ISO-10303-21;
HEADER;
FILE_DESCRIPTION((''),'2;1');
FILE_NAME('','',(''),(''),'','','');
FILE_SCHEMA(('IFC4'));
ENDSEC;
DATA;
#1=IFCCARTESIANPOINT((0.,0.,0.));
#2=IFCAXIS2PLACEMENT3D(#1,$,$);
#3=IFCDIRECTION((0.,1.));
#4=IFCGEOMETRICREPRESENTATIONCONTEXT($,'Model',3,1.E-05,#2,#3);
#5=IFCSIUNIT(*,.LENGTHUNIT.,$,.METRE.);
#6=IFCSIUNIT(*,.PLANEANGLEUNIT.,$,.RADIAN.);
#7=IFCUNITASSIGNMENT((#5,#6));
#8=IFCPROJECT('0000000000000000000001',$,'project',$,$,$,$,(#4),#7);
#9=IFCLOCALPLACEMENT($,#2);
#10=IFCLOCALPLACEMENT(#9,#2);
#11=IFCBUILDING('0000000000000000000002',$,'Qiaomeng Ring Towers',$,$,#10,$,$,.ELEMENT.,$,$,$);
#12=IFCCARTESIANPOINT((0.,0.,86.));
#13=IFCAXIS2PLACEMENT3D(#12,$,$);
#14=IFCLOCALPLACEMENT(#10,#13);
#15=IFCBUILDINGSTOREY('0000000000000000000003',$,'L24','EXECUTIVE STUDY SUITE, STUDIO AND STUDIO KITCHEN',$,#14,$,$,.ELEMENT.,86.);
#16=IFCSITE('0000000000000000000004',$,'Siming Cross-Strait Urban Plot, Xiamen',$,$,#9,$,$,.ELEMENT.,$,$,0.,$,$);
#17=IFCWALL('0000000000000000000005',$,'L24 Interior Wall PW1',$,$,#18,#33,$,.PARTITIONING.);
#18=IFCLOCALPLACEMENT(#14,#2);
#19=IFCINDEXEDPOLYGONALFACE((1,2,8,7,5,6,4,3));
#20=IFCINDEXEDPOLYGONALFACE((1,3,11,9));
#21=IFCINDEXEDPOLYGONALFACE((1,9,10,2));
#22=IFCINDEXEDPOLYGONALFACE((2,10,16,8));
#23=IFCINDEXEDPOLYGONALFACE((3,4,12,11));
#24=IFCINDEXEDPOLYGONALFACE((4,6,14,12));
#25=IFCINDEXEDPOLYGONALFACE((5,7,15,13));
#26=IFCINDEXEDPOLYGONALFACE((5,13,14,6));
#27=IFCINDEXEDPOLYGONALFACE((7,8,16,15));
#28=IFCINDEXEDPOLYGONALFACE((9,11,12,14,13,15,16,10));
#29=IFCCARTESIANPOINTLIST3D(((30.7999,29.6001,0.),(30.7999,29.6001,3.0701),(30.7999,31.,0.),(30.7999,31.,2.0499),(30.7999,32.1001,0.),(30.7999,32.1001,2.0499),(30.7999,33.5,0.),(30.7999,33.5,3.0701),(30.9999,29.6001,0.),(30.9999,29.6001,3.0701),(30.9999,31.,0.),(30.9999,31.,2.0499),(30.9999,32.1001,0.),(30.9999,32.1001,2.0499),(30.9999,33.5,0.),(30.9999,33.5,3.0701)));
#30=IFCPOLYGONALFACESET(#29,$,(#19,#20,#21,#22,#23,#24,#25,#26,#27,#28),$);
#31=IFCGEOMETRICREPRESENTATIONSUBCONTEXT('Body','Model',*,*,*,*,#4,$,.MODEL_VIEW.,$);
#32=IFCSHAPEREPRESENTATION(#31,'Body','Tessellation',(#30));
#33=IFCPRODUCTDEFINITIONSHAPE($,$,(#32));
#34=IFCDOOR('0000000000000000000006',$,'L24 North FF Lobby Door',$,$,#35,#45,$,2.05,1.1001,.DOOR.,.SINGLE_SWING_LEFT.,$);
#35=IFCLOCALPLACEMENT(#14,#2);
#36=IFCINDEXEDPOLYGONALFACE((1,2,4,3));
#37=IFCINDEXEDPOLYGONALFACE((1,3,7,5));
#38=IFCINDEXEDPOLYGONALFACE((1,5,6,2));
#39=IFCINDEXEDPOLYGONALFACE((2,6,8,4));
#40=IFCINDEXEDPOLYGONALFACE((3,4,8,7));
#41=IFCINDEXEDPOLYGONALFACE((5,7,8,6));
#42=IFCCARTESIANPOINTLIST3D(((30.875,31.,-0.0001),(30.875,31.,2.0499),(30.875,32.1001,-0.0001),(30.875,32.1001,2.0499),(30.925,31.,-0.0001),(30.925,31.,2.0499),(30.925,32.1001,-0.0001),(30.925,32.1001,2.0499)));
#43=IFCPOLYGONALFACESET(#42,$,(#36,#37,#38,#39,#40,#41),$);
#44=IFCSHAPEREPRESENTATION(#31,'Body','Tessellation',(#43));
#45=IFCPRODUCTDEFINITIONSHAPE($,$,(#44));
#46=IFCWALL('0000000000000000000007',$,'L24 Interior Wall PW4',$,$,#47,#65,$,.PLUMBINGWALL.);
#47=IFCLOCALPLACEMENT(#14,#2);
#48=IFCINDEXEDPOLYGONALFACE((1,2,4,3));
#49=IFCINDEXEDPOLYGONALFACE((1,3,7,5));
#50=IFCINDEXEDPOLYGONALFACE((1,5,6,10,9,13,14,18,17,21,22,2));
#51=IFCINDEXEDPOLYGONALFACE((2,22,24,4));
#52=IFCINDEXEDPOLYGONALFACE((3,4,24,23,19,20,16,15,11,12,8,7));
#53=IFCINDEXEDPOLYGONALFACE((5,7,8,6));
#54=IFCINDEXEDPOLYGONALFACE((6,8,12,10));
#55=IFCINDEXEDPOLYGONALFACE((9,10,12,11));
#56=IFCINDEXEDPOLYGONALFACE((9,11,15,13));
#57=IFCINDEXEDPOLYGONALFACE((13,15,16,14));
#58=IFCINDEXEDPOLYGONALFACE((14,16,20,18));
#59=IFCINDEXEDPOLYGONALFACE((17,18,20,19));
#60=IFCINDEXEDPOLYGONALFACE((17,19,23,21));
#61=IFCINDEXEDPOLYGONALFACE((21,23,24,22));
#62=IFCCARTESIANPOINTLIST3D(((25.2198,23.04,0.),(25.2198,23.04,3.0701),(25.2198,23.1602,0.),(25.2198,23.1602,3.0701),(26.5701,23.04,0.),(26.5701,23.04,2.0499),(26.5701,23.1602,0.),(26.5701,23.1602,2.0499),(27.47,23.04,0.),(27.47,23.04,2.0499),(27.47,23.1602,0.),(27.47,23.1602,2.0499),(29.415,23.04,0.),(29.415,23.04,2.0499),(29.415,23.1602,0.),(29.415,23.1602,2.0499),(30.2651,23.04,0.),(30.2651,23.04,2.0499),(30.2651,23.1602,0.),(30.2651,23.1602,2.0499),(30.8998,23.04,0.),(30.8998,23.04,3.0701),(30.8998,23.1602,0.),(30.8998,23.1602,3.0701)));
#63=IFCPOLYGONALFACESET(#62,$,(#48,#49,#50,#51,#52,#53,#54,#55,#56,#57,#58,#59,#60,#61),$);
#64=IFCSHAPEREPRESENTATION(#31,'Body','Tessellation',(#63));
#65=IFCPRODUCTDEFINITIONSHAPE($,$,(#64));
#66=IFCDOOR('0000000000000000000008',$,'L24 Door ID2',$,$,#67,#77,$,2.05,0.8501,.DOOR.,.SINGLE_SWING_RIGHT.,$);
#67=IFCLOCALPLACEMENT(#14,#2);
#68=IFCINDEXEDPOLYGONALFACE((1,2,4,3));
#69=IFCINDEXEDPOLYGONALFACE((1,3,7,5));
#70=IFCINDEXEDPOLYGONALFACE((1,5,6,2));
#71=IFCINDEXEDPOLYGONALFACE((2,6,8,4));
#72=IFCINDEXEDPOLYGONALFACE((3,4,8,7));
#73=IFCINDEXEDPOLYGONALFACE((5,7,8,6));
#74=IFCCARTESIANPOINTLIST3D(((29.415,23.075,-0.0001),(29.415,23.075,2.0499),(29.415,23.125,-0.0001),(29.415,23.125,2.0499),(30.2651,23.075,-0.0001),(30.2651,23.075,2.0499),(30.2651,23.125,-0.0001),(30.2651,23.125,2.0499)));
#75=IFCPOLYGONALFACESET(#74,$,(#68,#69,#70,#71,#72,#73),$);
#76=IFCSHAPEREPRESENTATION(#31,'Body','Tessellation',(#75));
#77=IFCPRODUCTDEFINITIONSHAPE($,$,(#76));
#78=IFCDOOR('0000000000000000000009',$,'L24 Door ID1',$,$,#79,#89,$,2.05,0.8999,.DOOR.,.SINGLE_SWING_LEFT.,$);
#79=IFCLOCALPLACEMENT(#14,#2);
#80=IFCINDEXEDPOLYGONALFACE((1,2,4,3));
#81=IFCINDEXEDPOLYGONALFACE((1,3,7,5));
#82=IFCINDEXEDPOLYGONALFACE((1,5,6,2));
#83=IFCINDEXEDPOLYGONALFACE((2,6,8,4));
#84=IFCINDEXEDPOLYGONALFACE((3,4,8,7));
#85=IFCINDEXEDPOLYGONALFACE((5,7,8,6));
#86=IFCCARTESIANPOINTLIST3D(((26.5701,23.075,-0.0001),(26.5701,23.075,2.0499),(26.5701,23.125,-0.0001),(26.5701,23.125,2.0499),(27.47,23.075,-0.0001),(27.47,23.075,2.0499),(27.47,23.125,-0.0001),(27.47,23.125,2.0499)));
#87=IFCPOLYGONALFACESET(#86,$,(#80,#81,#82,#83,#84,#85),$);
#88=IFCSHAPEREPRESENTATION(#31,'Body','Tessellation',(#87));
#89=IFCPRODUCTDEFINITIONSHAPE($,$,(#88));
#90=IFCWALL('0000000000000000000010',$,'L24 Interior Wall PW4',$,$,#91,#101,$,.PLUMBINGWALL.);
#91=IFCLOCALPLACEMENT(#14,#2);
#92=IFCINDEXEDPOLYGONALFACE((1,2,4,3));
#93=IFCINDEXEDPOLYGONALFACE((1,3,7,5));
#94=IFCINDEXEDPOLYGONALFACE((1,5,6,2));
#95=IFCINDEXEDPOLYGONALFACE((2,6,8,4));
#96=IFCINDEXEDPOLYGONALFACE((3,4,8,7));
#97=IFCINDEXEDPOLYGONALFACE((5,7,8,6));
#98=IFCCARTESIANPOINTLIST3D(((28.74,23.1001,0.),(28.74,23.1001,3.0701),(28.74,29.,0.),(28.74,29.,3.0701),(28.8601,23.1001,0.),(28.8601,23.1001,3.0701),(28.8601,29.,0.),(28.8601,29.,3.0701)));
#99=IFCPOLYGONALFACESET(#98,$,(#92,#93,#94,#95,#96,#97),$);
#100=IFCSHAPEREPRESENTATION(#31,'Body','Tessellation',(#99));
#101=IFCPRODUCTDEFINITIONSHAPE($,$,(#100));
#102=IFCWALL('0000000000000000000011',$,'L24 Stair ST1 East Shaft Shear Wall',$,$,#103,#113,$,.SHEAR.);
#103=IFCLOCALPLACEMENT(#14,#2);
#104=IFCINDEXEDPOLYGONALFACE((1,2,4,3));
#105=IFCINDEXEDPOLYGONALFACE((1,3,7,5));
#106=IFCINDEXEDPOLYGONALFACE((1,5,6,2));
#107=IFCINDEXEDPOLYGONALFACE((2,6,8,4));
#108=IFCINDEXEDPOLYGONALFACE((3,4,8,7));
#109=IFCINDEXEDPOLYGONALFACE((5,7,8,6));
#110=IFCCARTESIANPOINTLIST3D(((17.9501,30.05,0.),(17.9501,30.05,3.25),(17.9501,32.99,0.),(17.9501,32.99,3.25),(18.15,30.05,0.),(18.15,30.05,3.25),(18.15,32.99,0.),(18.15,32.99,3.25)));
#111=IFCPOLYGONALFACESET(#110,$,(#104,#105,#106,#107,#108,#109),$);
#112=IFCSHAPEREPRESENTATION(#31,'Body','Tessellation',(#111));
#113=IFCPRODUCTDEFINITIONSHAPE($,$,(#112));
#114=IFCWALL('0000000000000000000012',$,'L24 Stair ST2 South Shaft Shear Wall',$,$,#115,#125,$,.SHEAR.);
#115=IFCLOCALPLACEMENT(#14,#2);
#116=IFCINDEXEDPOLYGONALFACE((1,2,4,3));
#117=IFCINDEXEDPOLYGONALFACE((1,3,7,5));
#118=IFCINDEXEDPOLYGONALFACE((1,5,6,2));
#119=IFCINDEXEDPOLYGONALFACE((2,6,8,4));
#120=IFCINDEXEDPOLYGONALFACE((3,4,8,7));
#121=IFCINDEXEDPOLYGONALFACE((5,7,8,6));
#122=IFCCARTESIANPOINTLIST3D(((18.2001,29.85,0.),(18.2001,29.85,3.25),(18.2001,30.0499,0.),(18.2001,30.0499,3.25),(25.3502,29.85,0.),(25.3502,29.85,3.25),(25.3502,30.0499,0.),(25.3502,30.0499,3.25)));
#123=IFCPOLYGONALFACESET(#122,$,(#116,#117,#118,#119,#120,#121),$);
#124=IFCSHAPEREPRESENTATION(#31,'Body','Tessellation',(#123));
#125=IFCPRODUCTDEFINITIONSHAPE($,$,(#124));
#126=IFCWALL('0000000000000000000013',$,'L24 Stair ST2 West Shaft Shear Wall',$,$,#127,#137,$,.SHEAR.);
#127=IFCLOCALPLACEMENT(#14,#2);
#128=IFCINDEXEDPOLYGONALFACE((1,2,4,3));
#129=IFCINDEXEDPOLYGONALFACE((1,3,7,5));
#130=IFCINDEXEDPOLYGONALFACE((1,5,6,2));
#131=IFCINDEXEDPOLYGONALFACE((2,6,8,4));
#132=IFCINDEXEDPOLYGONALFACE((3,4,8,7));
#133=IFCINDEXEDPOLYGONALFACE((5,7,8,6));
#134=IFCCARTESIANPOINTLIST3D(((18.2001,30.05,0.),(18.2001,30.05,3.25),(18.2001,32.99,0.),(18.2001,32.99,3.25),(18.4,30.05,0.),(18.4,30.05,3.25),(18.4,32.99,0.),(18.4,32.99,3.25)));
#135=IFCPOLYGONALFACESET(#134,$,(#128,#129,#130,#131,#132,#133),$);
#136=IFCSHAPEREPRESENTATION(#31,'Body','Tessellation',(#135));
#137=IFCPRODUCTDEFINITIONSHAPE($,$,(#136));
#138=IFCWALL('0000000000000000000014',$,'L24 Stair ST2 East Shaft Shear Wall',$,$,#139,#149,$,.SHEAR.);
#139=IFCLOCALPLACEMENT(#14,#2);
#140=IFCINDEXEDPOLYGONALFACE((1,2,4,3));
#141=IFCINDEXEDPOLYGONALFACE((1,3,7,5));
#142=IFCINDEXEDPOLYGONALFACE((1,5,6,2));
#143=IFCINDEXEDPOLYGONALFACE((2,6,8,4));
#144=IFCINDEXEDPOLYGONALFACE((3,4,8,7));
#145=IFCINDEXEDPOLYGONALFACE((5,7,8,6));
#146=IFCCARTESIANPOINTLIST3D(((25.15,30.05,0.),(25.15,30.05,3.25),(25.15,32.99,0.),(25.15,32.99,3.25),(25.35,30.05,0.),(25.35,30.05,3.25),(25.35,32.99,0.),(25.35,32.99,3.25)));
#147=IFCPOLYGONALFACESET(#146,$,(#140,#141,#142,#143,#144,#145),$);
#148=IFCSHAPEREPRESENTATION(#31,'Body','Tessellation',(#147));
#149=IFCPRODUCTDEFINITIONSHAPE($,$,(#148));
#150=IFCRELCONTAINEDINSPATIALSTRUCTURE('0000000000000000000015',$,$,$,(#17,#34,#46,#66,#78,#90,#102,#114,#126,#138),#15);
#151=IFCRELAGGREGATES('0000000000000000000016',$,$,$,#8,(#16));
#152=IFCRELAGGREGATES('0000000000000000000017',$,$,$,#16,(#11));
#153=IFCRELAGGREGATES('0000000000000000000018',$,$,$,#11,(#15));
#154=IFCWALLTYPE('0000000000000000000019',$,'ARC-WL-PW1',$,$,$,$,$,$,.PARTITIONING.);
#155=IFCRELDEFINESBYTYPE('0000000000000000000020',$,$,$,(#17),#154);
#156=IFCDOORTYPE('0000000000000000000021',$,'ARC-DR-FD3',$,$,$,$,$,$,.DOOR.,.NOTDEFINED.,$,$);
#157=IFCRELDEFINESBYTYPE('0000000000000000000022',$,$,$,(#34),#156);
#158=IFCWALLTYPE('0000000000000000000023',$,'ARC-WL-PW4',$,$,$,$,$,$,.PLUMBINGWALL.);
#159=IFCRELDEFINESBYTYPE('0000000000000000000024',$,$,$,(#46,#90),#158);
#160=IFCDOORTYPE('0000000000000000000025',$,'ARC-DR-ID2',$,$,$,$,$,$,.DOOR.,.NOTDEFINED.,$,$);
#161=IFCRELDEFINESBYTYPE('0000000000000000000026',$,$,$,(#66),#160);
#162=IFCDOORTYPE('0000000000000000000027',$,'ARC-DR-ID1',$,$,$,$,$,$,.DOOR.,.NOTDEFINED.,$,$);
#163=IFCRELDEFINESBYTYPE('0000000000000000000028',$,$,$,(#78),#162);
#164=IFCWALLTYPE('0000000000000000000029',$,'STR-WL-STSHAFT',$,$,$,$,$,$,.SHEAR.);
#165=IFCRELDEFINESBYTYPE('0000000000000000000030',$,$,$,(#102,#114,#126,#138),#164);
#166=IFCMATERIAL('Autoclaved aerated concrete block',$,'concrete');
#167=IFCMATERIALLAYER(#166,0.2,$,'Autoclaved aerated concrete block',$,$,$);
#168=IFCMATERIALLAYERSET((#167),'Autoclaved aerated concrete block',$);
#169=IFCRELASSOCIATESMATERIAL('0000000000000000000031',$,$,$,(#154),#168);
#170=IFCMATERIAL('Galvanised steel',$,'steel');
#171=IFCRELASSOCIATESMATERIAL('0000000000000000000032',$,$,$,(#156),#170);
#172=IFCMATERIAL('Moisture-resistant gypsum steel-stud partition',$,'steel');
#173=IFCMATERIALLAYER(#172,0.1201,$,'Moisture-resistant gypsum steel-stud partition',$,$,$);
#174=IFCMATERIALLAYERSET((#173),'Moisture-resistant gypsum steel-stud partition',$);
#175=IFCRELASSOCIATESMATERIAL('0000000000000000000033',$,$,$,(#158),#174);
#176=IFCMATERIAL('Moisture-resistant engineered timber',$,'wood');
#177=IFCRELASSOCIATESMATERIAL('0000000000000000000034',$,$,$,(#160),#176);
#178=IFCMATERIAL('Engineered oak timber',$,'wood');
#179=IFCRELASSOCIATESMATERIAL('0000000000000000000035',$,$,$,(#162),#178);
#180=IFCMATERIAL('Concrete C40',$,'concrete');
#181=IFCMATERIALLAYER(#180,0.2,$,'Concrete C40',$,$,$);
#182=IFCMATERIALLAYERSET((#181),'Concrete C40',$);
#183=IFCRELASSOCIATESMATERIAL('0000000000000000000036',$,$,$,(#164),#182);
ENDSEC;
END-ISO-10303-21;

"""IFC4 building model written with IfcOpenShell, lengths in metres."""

from ifc_helpers import new_model, si_unit, direction, frame, frame_2d, origin, place, context, subcontext, project, spatial, rectangle, extrude, source, transform, mapped, material, layer, layer_set, type_object, element, fill, save


model = new_model("IFC4")

# Units and contexts
model_context = context("Model", 3, precision=1e-05, world=origin(), true_north=direction((0.0, 1.0)))
body_context = subcontext(model_context, "Body", "Model", "MODEL_VIEW")
ifc_project = project(units=[si_unit("LENGTHUNIT", "METRE"), si_unit("PLANEANGLEUNIT", "RADIAN")], contexts=[model_context])

# Site, building, storey
site_placement = place(None, origin())
site = spatial("IfcSite", under=ifc_project, at=site_placement, Name="Siming Cross-Strait Urban Plot, Xiamen", CompositionType="ELEMENT", RefElevation=0.0)
building_placement = place(site_placement, origin())
building = spatial("IfcBuilding", under=site, at=building_placement, Name="Qiaomeng Ring Towers", CompositionType="ELEMENT")
storey_placement = place(building_placement, frame((0.0, 0.0, 86.0)))
storey = spatial("IfcBuildingStorey", under=building, at=storey_placement, Name="L24", Description="EXECUTIVE STUDY SUITE, STUDIO AND STUDIO KITCHEN", CompositionType="ELEMENT", Elevation=86.0)

# Shared definitions
ifc_material_1 = material(Name="Autoclaved aerated concrete block", Category="concrete")
ifc_layer_1 = layer(ifc_material_1, 0.2, Name="Autoclaved aerated concrete block")
ifc_layer_set_1 = layer_set([ifc_layer_1], Name="Autoclaved aerated concrete block")
wall_type_1 = type_object("IfcWallType", Name="ARC-WL-PW1", PredefinedType="PARTITIONING", material=ifc_layer_set_1)

# Wall, opening, door
wall_1_placement = place(storey_placement, frame((30.8999, 29.6001, 0.0), z_axis=(0.0, 0.0, 1.0), x_axis=(0.0, 1.0, 0.0)))
wall_1 = element("IfcWall", 1, at=wall_1_placement, inside=storey, type_object=wall_type_1, Name="L24 Interior Wall PW1", PredefinedType="PARTITIONING", context=body_context, shape_type="SweptSolid", body=[
    extrude(rectangle(XDim=3.8999, YDim=0.2, at=frame_2d((1.95, 0.0))), origin(), (0.0, 0.0, 1.0), 3.0701),
])
opening_1_placement = place(wall_1_placement, frame((1.3999, 0.0, 0.0)))
opening_1 = element("IfcOpeningElement", 2, at=opening_1_placement, cuts=wall_1, PredefinedType="OPENING", context=body_context, shape_type="SweptSolid", body=[
    extrude(rectangle(XDim=1.1001, YDim=2.05, at=frame_2d((0.55, 1.0249))), frame((0.0, 0.1099, 0.0), z_axis=(0.0, -1.0, 0.0), x_axis=(1.0, 0.0, 0.0)), (0.0, 0.0, 1.0), 0.22),
])
ifc_material_2 = material(Name="Galvanised steel", Category="steel")
door_type_1 = type_object("IfcDoorType", Name="ARC-DR-FD3", OperationType="NOTDEFINED", PredefinedType="DOOR", material=ifc_material_2)
shared_shape_1 = source(origin(), body_context, "Body", "SweptSolid", [
    extrude(rectangle(XDim=1.1001, YDim=2.05, at=frame_2d((0.55, 1.0249))), frame((0.0, 0.0249, 0.0), z_axis=(0.0, -1.0, 0.0), x_axis=(1.0, 0.0, 0.0)), (0.0, 0.0, 1.0), 0.05),
])
door_1_placement = place(opening_1_placement, origin())
door_1 = element("IfcDoor", 3, at=door_1_placement, inside=storey, type_object=door_type_1, Name="L24 North FF Lobby Door", OperationType="SINGLE_SWING_LEFT", OverallHeight=2.05, OverallWidth=1.1001, PredefinedType="DOOR", context=body_context, shape_type="MappedRepresentation", body=[
    mapped(shared_shape_1, transform((0.0, 0.0, 0.0), x_axis=(1.0, 0.0, 0.0), y_axis=(0.0, 1.0, 0.0), z_axis=(0.0, 0.0, 1.0), scale=1.0)),
])
fill(opening_1, door_1)

# Wall, openings, doors
ifc_material_3 = material(Name="Moisture-resistant gypsum steel-stud partition", Category="steel")
ifc_layer_2 = layer(ifc_material_3, 0.1201, Name="Moisture-resistant gypsum steel-stud partition")
ifc_layer_set_2 = layer_set([ifc_layer_2], Name="Moisture-resistant gypsum steel-stud partition")
wall_type_2 = type_object("IfcWallType", Name="ARC-WL-PW4", PredefinedType="PLUMBINGWALL", material=ifc_layer_set_2)
wall_2_placement = place(storey_placement, frame((25.22, 23.1001, 0.0), z_axis=(0.0, 0.0, 1.0), x_axis=(1.0, 0.0, 0.0)))
wall_2 = element("IfcWall", 4, at=wall_2_placement, inside=storey, type_object=wall_type_2, Name="L24 Interior Wall PW4", PredefinedType="PLUMBINGWALL", context=body_context, shape_type="SweptSolid", body=[
    extrude(rectangle(XDim=5.6799, YDim=0.1201, at=frame_2d((2.8398, 0.0))), origin(), (0.0, 0.0, 1.0), 3.0701),
])
opening_2_placement = place(wall_2_placement, frame((1.3501, 0.0, 0.0)))
opening_2 = element("IfcOpeningElement", 5, at=opening_2_placement, cuts=wall_2, PredefinedType="OPENING", context=body_context, shape_type="SweptSolid", body=[
    extrude(rectangle(XDim=0.8999, YDim=2.05, at=frame_2d((0.45, 1.0249))), frame((0.0, 0.0701, 0.0), z_axis=(0.0, -1.0, 0.0), x_axis=(1.0, 0.0, 0.0)), (0.0, 0.0, 1.0), 0.1401),
])
opening_3_placement = place(wall_2_placement, frame((4.1951, 0.0, 0.0)))
opening_3 = element("IfcOpeningElement", 6, at=opening_3_placement, cuts=wall_2, PredefinedType="OPENING", context=body_context, shape_type="SweptSolid", body=[
    extrude(rectangle(XDim=0.8501, YDim=2.05, at=frame_2d((0.425, 1.0249))), frame((0.0, 0.0701, 0.0), z_axis=(0.0, -1.0, 0.0), x_axis=(1.0, 0.0, 0.0)), (0.0, 0.0, 1.0), 0.1401),
])
ifc_material_4 = material(Name="Moisture-resistant engineered timber", Category="wood")
door_type_2 = type_object("IfcDoorType", Name="ARC-DR-ID2", OperationType="NOTDEFINED", PredefinedType="DOOR", material=ifc_material_4)
shared_shape_2 = source(origin(), body_context, "Body", "SweptSolid", [
    extrude(rectangle(XDim=0.8501, YDim=2.05, at=frame_2d((0.425, 1.0249))), frame((0.0, 0.0249, 0.0), z_axis=(0.0, -1.0, 0.0), x_axis=(1.0, 0.0, 0.0)), (0.0, 0.0, 1.0), 0.05),
])
door_2_placement = place(opening_3_placement, origin())
door_2 = element("IfcDoor", 7, at=door_2_placement, inside=storey, type_object=door_type_2, Name="L24 Door ID2", OperationType="SINGLE_SWING_RIGHT", OverallHeight=2.05, OverallWidth=0.8501, PredefinedType="DOOR", context=body_context, shape_type="MappedRepresentation", body=[
    mapped(shared_shape_2, transform((0.0, 0.0, 0.0), x_axis=(1.0, 0.0, 0.0), y_axis=(0.0, 1.0, 0.0), z_axis=(0.0, 0.0, 1.0), scale=1.0)),
])
fill(opening_3, door_2)
ifc_material_5 = material(Name="Engineered oak timber", Category="wood")
door_type_3 = type_object("IfcDoorType", Name="ARC-DR-ID1", OperationType="NOTDEFINED", PredefinedType="DOOR", material=ifc_material_5)
shared_shape_3 = source(origin(), body_context, "Body", "SweptSolid", [
    extrude(rectangle(XDim=0.8999, YDim=2.05, at=frame_2d((0.45, 1.0249))), frame((0.0, 0.0249, 0.0), z_axis=(0.0, -1.0, 0.0), x_axis=(1.0, 0.0, 0.0)), (0.0, 0.0, 1.0), 0.05),
])
door_3_placement = place(opening_2_placement, origin())
door_3 = element("IfcDoor", 8, at=door_3_placement, inside=storey, type_object=door_type_3, Name="L24 Door ID1", OperationType="SINGLE_SWING_LEFT", OverallHeight=2.05, OverallWidth=0.8999, PredefinedType="DOOR", context=body_context, shape_type="MappedRepresentation", body=[
    mapped(shared_shape_3, transform((0.0, 0.0, 0.0), x_axis=(1.0, 0.0, 0.0), y_axis=(0.0, 1.0, 0.0), z_axis=(0.0, 0.0, 1.0), scale=1.0)),
])
fill(opening_2, door_3)

# Walls
wall_3_placement = place(storey_placement, frame((28.8, 23.1001, 0.0), z_axis=(0.0, 0.0, 1.0), x_axis=(0.0, 1.0, 0.0)))
element("IfcWall", 9, at=wall_3_placement, inside=storey, type_object=wall_type_2, Name="L24 Interior Wall PW4", PredefinedType="PLUMBINGWALL", context=body_context, shape_type="SweptSolid", body=[
    extrude(rectangle(XDim=5.8999, YDim=0.1201, at=frame_2d((2.95, 0.0))), origin(), (0.0, 0.0, 1.0), 3.0701),
])
ifc_material_6 = material(Name="Concrete C40", Category="concrete")
ifc_layer_3 = layer(ifc_material_6, 0.2, Name="Concrete C40")
ifc_layer_set_3 = layer_set([ifc_layer_3], Name="Concrete C40")
wall_type_3 = type_object("IfcWallType", Name="STR-WL-STSHAFT", PredefinedType="SHEAR", material=ifc_layer_set_3)
wall_4_placement = place(storey_placement, frame((18.05, 30.05, 0.0), z_axis=(0.0, 0.0, 1.0), x_axis=(0.0, 1.0, 0.0)))
element("IfcWall", 10, at=wall_4_placement, inside=storey, type_object=wall_type_3, Name="L24 Stair ST1 East Shaft Shear Wall", PredefinedType="SHEAR", context=body_context, shape_type="SweptSolid", body=[
    extrude(rectangle(XDim=2.9399, YDim=0.2, at=frame_2d((1.47, 0.0))), origin(), (0.0, 0.0, 1.0), 3.25),
])
wall_5_placement = place(storey_placement, frame((18.2, 29.95, 0.0), z_axis=(0.0, 0.0, 1.0), x_axis=(1.0, 0.0, 0.0)))
element("IfcWall", 11, at=wall_5_placement, inside=storey, type_object=wall_type_3, Name="L24 Stair ST2 South Shaft Shear Wall", PredefinedType="SHEAR", context=body_context, shape_type="SweptSolid", body=[
    extrude(rectangle(XDim=7.1501, YDim=0.2, at=frame_2d((3.5752, 0.0))), origin(), (0.0, 0.0, 1.0), 3.25),
])
for number, where, z_axis, x_axis, name in (
    (12, (18.3, 30.05, 0.0), (0.0, 0.0, 1.0), (0.0, 1.0, 0.0), "L24 Stair ST2 West Shaft Shear Wall"),
    (13, (25.25, 30.05, 0.0), (0.0, 0.0, 1.0), (0.0, 1.0, 0.0), "L24 Stair ST2 East Shaft Shear Wall"),
):
    element("IfcWall", number, at=place(storey_placement, frame(where, z_axis=z_axis, x_axis=x_axis)), inside=storey, type_object=wall_type_3, Name=name, PredefinedType="SHEAR", context=body_context, shape_type="SweptSolid", body=[
        extrude(rectangle(XDim=2.9399, YDim=0.2, at=frame_2d((1.47, 0.0))), origin(), (0.0, 0.0, 1.0), 3.25),
    ])

save(model, "model.ifc")
